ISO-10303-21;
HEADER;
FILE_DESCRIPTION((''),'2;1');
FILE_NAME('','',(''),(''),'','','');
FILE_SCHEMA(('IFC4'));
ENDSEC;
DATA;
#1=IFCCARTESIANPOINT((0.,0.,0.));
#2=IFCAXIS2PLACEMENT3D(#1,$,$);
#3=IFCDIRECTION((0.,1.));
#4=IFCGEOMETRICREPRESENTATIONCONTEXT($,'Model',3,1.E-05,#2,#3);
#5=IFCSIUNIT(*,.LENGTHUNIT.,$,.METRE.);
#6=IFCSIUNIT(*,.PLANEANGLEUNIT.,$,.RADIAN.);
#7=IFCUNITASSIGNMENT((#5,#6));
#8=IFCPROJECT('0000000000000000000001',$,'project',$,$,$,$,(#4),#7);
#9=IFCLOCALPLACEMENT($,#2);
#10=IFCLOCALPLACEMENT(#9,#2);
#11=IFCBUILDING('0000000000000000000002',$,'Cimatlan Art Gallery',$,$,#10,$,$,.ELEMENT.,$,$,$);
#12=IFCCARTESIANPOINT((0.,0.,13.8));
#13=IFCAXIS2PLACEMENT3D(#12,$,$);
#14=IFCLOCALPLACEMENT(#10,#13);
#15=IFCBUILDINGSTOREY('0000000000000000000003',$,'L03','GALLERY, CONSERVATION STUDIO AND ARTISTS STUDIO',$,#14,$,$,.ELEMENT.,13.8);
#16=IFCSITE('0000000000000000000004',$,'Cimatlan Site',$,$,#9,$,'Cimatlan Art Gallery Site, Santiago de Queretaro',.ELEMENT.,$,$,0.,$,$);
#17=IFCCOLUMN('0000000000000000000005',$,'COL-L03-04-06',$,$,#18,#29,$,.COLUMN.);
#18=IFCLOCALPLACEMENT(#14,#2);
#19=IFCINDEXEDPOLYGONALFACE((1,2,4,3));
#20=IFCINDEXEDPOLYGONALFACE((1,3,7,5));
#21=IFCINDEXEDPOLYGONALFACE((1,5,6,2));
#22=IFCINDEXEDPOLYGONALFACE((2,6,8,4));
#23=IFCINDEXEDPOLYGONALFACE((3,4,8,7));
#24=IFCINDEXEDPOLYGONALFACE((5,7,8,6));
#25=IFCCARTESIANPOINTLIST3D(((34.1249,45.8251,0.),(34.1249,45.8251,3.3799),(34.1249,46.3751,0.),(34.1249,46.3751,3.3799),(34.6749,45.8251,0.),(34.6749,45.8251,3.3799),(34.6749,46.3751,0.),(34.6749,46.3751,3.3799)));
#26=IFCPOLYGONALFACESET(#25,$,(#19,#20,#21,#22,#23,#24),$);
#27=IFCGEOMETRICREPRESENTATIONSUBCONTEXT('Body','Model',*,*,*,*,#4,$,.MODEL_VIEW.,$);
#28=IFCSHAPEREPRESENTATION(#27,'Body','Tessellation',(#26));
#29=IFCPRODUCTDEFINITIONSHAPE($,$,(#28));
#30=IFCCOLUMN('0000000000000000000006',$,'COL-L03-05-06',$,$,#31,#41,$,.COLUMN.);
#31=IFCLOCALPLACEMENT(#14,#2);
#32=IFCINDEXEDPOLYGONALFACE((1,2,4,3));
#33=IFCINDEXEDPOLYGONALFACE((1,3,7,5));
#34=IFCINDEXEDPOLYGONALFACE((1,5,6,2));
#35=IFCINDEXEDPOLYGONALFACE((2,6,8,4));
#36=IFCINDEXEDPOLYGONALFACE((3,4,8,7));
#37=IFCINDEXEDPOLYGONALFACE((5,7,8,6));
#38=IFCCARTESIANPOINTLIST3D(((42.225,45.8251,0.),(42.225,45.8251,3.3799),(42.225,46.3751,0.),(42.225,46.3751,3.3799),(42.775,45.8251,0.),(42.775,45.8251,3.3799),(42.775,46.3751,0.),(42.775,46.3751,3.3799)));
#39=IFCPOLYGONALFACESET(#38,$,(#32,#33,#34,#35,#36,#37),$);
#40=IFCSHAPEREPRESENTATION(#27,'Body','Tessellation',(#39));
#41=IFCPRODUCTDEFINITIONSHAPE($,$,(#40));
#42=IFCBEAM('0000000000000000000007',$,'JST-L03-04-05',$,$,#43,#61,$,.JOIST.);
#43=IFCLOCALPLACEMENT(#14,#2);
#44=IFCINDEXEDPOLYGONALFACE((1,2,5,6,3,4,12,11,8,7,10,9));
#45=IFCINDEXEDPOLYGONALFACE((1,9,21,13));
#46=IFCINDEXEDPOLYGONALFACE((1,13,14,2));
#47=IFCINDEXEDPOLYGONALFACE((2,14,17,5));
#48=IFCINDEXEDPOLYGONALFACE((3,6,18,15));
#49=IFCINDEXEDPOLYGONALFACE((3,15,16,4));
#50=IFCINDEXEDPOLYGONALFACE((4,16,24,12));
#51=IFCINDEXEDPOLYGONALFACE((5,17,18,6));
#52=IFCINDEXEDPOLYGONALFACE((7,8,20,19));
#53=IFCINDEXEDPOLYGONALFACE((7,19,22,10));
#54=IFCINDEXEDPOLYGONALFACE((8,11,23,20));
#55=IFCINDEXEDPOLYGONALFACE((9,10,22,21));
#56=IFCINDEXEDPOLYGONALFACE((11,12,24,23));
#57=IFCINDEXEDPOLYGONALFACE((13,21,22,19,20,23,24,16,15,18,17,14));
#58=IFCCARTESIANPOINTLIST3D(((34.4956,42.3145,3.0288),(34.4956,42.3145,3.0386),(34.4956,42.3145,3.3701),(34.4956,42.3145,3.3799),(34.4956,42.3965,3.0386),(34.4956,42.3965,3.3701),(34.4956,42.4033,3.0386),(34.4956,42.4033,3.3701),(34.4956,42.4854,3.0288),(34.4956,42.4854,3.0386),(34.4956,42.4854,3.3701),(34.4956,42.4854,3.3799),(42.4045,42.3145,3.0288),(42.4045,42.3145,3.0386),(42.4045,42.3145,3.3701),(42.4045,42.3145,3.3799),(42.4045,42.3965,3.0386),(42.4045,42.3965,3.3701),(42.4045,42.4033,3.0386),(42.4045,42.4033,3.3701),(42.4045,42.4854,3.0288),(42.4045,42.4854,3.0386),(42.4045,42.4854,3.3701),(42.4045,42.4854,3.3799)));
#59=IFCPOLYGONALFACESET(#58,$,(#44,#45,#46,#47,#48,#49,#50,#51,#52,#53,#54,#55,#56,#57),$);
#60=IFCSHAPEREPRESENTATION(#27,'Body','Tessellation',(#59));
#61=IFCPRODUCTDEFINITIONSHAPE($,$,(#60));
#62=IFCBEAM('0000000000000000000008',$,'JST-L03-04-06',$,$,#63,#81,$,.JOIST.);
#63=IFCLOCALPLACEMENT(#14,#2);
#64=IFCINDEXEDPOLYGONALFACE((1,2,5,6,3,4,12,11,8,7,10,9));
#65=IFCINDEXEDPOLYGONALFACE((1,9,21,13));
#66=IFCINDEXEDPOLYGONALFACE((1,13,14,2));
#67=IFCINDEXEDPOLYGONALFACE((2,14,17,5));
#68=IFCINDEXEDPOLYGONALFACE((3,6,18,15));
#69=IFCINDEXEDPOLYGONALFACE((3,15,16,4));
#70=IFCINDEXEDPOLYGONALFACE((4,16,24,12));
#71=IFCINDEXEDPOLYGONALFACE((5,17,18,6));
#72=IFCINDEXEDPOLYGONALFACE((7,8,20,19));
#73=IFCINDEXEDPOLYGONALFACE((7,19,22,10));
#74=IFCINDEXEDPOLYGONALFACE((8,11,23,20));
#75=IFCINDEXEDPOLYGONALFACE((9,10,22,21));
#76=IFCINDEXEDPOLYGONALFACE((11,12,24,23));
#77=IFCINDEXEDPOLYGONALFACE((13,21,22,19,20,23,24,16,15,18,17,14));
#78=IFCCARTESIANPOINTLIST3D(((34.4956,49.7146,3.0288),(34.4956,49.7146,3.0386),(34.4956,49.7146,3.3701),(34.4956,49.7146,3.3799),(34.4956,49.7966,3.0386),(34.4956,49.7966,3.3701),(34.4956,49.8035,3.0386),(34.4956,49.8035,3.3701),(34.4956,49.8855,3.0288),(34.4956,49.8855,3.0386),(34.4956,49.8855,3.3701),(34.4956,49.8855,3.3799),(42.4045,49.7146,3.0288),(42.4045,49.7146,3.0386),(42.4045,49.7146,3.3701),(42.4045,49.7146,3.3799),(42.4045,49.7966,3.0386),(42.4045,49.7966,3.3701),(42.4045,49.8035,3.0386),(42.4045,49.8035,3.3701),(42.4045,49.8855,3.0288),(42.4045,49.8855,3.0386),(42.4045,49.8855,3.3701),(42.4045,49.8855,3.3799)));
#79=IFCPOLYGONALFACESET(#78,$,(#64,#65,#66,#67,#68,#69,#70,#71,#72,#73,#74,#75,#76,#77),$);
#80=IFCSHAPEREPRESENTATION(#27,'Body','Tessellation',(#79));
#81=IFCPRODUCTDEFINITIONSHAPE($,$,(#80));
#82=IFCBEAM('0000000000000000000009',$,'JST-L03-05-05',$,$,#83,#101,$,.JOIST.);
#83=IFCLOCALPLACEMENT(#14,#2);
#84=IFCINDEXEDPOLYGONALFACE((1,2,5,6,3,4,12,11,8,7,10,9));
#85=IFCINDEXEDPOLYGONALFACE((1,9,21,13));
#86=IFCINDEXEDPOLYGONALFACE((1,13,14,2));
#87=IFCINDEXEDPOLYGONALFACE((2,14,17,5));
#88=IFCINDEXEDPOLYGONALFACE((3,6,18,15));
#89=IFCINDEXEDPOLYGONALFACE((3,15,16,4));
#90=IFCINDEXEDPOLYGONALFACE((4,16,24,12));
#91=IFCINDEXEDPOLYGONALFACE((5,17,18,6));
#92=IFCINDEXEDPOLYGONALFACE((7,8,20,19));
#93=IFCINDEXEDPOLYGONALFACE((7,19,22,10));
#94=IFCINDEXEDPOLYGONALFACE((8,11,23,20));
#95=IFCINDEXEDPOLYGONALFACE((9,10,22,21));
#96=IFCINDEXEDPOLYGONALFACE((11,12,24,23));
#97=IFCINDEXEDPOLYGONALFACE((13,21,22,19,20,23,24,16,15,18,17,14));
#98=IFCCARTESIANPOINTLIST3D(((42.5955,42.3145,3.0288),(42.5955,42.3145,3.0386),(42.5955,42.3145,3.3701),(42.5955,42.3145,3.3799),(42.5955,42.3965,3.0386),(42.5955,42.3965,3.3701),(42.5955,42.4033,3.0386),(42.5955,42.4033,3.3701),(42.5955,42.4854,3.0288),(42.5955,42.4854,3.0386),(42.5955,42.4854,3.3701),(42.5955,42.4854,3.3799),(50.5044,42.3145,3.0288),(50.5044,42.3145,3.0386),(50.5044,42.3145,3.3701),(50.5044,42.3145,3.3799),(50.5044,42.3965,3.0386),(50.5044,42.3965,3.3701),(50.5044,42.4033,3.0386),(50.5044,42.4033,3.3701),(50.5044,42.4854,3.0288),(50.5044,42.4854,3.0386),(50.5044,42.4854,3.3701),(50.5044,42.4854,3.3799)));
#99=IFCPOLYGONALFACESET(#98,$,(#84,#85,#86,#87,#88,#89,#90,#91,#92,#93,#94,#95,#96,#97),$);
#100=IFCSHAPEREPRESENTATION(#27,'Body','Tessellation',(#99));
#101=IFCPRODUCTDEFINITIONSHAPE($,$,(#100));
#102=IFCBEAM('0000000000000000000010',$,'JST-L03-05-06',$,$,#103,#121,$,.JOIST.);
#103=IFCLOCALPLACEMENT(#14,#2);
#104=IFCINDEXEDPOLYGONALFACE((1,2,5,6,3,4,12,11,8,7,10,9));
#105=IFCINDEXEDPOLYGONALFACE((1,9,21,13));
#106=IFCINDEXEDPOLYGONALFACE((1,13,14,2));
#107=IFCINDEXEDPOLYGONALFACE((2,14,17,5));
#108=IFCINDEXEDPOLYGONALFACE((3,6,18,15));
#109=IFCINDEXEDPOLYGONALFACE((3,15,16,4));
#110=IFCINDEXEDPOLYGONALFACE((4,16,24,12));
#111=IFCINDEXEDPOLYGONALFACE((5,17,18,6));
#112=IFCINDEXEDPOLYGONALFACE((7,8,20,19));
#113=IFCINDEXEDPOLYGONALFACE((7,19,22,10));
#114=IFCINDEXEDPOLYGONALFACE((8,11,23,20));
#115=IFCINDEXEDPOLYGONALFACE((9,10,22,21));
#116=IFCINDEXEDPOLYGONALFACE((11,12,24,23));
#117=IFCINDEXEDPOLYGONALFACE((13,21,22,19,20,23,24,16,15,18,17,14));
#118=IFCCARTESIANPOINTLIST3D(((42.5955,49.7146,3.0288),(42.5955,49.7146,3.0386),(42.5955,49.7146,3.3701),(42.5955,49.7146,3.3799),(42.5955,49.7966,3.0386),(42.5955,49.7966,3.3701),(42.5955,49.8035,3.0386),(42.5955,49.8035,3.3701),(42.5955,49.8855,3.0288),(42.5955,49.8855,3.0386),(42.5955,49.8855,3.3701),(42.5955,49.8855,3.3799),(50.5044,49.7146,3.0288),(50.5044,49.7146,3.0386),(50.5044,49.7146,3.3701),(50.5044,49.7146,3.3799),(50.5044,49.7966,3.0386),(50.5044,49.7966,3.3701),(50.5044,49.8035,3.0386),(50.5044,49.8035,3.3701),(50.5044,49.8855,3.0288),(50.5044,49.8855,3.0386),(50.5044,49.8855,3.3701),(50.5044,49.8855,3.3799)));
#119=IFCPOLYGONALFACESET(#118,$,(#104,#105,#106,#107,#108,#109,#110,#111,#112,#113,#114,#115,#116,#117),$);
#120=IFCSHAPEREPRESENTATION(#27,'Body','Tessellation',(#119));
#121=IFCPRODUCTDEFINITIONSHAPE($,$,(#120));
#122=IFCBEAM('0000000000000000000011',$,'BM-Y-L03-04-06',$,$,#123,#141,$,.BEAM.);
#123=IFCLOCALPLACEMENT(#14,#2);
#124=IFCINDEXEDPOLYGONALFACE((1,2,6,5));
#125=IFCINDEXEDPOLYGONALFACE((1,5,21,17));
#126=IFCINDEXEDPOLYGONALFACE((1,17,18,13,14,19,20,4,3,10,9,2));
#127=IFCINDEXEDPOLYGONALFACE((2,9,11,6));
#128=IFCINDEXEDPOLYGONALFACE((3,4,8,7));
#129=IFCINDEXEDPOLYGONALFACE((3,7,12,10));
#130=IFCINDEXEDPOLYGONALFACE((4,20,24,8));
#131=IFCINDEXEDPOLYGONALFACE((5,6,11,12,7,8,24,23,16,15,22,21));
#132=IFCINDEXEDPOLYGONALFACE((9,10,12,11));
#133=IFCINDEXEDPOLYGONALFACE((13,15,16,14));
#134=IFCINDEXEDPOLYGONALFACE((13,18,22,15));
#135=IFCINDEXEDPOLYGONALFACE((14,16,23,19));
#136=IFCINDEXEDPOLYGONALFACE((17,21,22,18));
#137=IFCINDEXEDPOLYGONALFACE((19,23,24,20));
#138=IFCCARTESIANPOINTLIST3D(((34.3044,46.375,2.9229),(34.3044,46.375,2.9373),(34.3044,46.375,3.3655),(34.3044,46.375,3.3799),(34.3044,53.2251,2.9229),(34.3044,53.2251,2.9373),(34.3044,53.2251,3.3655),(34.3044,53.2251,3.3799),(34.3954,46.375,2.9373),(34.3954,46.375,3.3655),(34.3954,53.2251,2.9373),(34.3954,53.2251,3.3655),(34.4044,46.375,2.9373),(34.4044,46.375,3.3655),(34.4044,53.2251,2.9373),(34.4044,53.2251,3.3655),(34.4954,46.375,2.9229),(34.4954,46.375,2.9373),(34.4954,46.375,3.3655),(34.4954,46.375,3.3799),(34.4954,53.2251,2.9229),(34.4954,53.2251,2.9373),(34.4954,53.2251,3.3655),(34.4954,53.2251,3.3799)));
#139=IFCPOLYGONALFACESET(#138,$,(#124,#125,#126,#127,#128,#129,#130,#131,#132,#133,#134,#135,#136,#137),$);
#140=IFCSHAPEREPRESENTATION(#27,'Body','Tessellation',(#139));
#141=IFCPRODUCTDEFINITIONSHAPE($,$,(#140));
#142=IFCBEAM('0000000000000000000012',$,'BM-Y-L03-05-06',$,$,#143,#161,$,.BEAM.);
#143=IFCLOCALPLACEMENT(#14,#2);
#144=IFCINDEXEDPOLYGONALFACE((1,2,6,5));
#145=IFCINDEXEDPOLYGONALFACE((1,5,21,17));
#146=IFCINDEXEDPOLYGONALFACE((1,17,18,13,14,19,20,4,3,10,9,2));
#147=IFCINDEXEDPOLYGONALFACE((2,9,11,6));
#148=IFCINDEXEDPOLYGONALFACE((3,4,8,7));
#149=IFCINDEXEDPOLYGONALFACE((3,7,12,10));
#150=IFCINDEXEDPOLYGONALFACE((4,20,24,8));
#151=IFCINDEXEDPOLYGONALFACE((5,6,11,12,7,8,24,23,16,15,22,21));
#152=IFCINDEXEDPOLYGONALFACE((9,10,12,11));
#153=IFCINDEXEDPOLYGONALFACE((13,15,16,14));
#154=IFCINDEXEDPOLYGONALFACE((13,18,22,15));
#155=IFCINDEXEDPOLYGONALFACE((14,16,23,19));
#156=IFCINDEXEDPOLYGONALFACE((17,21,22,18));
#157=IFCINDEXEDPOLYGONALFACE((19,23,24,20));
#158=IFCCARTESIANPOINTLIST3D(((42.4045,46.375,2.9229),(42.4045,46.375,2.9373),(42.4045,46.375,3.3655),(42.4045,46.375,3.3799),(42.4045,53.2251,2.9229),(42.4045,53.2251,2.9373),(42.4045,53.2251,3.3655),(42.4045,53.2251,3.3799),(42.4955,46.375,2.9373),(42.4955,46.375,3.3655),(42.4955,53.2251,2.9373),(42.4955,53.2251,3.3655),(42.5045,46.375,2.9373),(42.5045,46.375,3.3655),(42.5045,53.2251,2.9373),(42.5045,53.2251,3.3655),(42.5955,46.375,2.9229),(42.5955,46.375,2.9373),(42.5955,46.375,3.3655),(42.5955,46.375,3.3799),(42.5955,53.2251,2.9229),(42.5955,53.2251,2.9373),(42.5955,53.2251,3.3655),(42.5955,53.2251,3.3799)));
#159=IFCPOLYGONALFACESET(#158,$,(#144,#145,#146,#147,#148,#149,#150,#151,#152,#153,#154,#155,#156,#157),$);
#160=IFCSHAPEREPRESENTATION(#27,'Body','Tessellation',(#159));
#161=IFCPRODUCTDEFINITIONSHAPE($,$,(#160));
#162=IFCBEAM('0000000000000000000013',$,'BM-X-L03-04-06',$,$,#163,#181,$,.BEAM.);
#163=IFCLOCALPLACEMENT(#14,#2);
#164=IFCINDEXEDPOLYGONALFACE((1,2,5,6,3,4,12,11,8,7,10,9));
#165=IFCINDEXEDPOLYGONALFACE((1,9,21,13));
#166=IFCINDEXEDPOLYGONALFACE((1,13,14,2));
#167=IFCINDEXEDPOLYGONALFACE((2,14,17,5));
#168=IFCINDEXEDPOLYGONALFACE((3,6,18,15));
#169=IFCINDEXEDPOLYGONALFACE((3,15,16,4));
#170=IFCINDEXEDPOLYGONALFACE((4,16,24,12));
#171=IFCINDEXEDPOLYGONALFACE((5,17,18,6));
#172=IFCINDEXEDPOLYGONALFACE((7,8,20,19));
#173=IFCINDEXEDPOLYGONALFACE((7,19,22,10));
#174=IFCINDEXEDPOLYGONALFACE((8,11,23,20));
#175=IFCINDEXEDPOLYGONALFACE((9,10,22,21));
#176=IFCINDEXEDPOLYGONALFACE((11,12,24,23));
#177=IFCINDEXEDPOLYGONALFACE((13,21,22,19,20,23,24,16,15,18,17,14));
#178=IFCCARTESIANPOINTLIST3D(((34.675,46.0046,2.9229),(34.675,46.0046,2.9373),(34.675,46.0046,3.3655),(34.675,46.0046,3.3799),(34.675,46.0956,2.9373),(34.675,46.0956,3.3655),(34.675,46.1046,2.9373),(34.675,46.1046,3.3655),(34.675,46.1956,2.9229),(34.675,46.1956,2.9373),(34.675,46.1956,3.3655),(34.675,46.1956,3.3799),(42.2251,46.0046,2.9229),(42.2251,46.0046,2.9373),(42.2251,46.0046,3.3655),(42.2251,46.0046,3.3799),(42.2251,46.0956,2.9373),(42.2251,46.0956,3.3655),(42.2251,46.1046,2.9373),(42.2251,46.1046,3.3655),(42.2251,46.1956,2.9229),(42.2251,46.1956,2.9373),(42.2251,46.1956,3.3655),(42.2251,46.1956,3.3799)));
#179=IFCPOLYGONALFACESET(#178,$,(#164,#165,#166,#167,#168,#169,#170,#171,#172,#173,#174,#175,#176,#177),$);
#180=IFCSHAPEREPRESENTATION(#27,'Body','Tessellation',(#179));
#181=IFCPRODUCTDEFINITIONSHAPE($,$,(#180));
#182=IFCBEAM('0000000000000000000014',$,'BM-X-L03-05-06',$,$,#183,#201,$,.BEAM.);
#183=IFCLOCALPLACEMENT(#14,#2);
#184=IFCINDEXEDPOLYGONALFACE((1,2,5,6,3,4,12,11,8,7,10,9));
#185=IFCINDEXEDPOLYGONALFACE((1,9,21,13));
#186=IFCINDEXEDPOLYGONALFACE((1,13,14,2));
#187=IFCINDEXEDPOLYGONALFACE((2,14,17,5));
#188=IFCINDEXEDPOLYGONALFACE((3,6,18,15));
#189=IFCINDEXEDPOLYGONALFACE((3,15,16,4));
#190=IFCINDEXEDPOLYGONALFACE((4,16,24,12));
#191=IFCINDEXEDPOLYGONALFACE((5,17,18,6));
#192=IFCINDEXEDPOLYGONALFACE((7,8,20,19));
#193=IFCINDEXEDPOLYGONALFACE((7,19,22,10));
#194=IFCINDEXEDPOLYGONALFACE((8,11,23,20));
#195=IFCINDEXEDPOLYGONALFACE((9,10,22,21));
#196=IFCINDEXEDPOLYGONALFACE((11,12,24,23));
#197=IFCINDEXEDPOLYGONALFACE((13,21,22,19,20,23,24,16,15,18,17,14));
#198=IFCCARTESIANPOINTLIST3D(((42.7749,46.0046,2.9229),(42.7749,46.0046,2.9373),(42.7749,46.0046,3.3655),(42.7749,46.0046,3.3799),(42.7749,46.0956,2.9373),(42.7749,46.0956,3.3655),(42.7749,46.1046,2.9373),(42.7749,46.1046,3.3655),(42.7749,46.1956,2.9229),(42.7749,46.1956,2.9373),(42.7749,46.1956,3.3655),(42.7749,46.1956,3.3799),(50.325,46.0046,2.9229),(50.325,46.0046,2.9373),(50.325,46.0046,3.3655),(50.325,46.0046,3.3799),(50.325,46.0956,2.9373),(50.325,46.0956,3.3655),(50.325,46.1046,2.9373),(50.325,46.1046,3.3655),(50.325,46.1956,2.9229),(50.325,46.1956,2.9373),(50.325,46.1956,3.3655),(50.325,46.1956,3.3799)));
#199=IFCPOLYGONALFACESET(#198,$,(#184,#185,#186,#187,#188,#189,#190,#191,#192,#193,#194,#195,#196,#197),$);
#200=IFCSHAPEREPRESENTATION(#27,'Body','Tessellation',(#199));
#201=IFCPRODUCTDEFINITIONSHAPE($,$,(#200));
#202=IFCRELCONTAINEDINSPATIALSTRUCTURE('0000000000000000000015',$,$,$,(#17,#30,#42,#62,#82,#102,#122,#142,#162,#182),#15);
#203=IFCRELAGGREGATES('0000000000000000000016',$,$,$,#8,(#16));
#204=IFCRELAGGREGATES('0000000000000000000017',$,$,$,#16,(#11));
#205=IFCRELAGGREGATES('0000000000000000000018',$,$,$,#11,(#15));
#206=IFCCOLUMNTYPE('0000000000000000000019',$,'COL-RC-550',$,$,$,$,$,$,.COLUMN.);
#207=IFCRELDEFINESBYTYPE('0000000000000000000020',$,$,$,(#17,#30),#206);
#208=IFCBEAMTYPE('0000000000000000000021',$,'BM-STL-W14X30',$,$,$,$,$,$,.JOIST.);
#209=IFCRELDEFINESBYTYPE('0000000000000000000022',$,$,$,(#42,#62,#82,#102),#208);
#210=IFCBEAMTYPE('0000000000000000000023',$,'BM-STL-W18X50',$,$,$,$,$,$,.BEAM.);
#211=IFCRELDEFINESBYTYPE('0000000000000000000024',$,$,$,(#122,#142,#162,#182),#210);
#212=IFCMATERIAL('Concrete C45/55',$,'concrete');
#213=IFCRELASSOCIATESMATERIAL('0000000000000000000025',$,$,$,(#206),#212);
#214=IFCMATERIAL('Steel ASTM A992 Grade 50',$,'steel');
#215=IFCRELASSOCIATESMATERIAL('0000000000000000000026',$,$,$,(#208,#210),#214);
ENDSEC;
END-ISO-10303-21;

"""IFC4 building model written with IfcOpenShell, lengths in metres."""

from ifc_helpers import new_model, si_unit, direction, frame, origin, origin_2d, place, context, subcontext, project, spatial, rectangle, i_section, extrude, material, material_profile, profile_set, type_object, element, save


model = new_model("IFC4")

# Units and contexts
model_context = context("Model", 3, precision=1e-05, world=origin(), true_north=direction((0.0, 1.0)))
body_context = subcontext(model_context, "Body", "Model", "MODEL_VIEW")
ifc_project = project(units=[si_unit("LENGTHUNIT", "METRE"), si_unit("PLANEANGLEUNIT", "RADIAN")], contexts=[model_context])

# Site, building, storey
site_placement = place(None, origin())
site = spatial("IfcSite", under=ifc_project, at=site_placement, Name="Cimatlan Site", LongName="Cimatlan Art Gallery Site, Santiago de Queretaro", CompositionType="ELEMENT", RefElevation=0.0)
building_placement = place(site_placement, origin())
building = spatial("IfcBuilding", under=site, at=building_placement, Name="Cimatlan Art Gallery", CompositionType="ELEMENT")
storey_placement = place(building_placement, frame((0.0, 0.0, 13.8)))
storey = spatial("IfcBuildingStorey", under=building, at=storey_placement, Name="L03", Description="GALLERY, CONSERVATION STUDIO AND ARTISTS STUDIO", CompositionType="ELEMENT", Elevation=13.8)

# Columns
ifc_material_1 = material(Name="Concrete C45/55", Category="concrete")
ifc_material_profile_1 = material_profile(ifc_material_1, rectangle(XDim=0.55, YDim=0.55, at=origin_2d()), Name="RC550X550")
ifc_profile_set_1 = profile_set([ifc_material_profile_1], Name="Concrete C45/55")
column_type = type_object("IfcColumnType", Name="COL-RC-550", PredefinedType="COLUMN", material=ifc_profile_set_1)
for number, where, z_axis, x_axis, name in (
    (1, (34.3999, 46.1001, 0.0), (0.0, 0.0, 1.0), (1.0, 0.0, 0.0), "COL-L03-04-06"),
    (2, (42.5, 46.1001, 0.0), (0.0, 0.0, 1.0), (1.0, 0.0, 0.0), "COL-L03-05-06"),
):
    element("IfcColumn", number, at=place(storey_placement, frame(where, z_axis=z_axis, x_axis=x_axis)), inside=storey, type_object=column_type, Name=name, PredefinedType="COLUMN", context=body_context, shape_type="SweptSolid", body=[
        extrude(rectangle(XDim=0.55, YDim=0.55, at=origin_2d()), origin(), (0.0, 0.0, 1.0), 3.3799),
    ])

# Beams
ifc_material_2 = material(Name="Steel ASTM A992 Grade 50", Category="steel")
ifc_material_profile_2 = material_profile(ifc_material_2, i_section(OverallWidth=0.1709, OverallDepth=0.3511, WebThickness=0.0068, FlangeThickness=0.0098, at=origin_2d()), Name="W14X30")
ifc_profile_set_2 = profile_set([ifc_material_profile_2], Name="Steel ASTM A992 Grade 50")
beam_type_1 = type_object("IfcBeamType", Name="BM-STL-W14X30", PredefinedType="JOIST", material=ifc_profile_set_2)
for number, where, z_axis, x_axis, name in (
    (3, (34.4956, 42.3999, 3.2043), (1.0, 0.0, 0.0), (0.0, 1.0, 0.0), "JST-L03-04-05"),
    (4, (34.4956, 49.8, 3.2043), (1.0, 0.0, 0.0), (0.0, 1.0, 0.0), "JST-L03-04-06"),
    (5, (42.5955, 42.3999, 3.2043), (1.0, 0.0, 0.0), (0.0, 1.0, 0.0), "JST-L03-05-05"),
    (6, (42.5955, 49.8, 3.2043), (1.0, 0.0, 0.0), (0.0, 1.0, 0.0), "JST-L03-05-06"),
):
    element("IfcBeam", number, at=place(storey_placement, frame(where, z_axis=z_axis, x_axis=x_axis)), inside=storey, type_object=beam_type_1, Name=name, PredefinedType="JOIST", context=body_context, shape_type="SweptSolid", body=[
        extrude(i_section(OverallWidth=0.1709, OverallDepth=0.3511, WebThickness=0.0068, FlangeThickness=0.0098, at=origin_2d()), origin(), (0.0, 0.0, 1.0), 7.9089),
    ])
ifc_material_profile_3 = material_profile(ifc_material_2, i_section(OverallWidth=0.1909, OverallDepth=0.457, WebThickness=0.009, FlangeThickness=0.0144, at=origin_2d()), Name="W18X50")
ifc_profile_set_3 = profile_set([ifc_material_profile_3], Name="Steel ASTM A992 Grade 50")
beam_type_2 = type_object("IfcBeamType", Name="BM-STL-W18X50", PredefinedType="BEAM", material=ifc_profile_set_3)
for number, where, z_axis, x_axis, name in (
    (7, (34.3999, 46.375, 3.1514), (0.0, 1.0, 0.0), (-1.0, 0.0, 0.0), "BM-Y-L03-04-06"),
    (8, (42.5, 46.375, 3.1514), (0.0, 1.0, 0.0), (-1.0, 0.0, 0.0), "BM-Y-L03-05-06"),
):
    element("IfcBeam", number, at=place(storey_placement, frame(where, z_axis=z_axis, x_axis=x_axis)), inside=storey, type_object=beam_type_2, Name=name, PredefinedType="BEAM", context=body_context, shape_type="SweptSolid", body=[
        extrude(i_section(OverallWidth=0.1909, OverallDepth=0.457, WebThickness=0.009, FlangeThickness=0.0144, at=origin_2d()), origin(), (0.0, 0.0, 1.0), 6.8501),
    ])
for number, where, z_axis, x_axis, name in (
    (9, (34.675, 46.1001, 3.1514), (1.0, 0.0, 0.0), (0.0, 1.0, 0.0), "BM-X-L03-04-06"),
    (10, (42.7749, 46.1001, 3.1514), (1.0, 0.0, 0.0), (0.0, 1.0, 0.0), "BM-X-L03-05-06"),
):
    element("IfcBeam", number, at=place(storey_placement, frame(where, z_axis=z_axis, x_axis=x_axis)), inside=storey, type_object=beam_type_2, Name=name, PredefinedType="BEAM", context=body_context, shape_type="SweptSolid", body=[
        extrude(i_section(OverallWidth=0.1909, OverallDepth=0.457, WebThickness=0.009, FlangeThickness=0.0144, at=origin_2d()), origin(), (0.0, 0.0, 1.0), 7.55),
    ])

save(model, "model.ifc")
